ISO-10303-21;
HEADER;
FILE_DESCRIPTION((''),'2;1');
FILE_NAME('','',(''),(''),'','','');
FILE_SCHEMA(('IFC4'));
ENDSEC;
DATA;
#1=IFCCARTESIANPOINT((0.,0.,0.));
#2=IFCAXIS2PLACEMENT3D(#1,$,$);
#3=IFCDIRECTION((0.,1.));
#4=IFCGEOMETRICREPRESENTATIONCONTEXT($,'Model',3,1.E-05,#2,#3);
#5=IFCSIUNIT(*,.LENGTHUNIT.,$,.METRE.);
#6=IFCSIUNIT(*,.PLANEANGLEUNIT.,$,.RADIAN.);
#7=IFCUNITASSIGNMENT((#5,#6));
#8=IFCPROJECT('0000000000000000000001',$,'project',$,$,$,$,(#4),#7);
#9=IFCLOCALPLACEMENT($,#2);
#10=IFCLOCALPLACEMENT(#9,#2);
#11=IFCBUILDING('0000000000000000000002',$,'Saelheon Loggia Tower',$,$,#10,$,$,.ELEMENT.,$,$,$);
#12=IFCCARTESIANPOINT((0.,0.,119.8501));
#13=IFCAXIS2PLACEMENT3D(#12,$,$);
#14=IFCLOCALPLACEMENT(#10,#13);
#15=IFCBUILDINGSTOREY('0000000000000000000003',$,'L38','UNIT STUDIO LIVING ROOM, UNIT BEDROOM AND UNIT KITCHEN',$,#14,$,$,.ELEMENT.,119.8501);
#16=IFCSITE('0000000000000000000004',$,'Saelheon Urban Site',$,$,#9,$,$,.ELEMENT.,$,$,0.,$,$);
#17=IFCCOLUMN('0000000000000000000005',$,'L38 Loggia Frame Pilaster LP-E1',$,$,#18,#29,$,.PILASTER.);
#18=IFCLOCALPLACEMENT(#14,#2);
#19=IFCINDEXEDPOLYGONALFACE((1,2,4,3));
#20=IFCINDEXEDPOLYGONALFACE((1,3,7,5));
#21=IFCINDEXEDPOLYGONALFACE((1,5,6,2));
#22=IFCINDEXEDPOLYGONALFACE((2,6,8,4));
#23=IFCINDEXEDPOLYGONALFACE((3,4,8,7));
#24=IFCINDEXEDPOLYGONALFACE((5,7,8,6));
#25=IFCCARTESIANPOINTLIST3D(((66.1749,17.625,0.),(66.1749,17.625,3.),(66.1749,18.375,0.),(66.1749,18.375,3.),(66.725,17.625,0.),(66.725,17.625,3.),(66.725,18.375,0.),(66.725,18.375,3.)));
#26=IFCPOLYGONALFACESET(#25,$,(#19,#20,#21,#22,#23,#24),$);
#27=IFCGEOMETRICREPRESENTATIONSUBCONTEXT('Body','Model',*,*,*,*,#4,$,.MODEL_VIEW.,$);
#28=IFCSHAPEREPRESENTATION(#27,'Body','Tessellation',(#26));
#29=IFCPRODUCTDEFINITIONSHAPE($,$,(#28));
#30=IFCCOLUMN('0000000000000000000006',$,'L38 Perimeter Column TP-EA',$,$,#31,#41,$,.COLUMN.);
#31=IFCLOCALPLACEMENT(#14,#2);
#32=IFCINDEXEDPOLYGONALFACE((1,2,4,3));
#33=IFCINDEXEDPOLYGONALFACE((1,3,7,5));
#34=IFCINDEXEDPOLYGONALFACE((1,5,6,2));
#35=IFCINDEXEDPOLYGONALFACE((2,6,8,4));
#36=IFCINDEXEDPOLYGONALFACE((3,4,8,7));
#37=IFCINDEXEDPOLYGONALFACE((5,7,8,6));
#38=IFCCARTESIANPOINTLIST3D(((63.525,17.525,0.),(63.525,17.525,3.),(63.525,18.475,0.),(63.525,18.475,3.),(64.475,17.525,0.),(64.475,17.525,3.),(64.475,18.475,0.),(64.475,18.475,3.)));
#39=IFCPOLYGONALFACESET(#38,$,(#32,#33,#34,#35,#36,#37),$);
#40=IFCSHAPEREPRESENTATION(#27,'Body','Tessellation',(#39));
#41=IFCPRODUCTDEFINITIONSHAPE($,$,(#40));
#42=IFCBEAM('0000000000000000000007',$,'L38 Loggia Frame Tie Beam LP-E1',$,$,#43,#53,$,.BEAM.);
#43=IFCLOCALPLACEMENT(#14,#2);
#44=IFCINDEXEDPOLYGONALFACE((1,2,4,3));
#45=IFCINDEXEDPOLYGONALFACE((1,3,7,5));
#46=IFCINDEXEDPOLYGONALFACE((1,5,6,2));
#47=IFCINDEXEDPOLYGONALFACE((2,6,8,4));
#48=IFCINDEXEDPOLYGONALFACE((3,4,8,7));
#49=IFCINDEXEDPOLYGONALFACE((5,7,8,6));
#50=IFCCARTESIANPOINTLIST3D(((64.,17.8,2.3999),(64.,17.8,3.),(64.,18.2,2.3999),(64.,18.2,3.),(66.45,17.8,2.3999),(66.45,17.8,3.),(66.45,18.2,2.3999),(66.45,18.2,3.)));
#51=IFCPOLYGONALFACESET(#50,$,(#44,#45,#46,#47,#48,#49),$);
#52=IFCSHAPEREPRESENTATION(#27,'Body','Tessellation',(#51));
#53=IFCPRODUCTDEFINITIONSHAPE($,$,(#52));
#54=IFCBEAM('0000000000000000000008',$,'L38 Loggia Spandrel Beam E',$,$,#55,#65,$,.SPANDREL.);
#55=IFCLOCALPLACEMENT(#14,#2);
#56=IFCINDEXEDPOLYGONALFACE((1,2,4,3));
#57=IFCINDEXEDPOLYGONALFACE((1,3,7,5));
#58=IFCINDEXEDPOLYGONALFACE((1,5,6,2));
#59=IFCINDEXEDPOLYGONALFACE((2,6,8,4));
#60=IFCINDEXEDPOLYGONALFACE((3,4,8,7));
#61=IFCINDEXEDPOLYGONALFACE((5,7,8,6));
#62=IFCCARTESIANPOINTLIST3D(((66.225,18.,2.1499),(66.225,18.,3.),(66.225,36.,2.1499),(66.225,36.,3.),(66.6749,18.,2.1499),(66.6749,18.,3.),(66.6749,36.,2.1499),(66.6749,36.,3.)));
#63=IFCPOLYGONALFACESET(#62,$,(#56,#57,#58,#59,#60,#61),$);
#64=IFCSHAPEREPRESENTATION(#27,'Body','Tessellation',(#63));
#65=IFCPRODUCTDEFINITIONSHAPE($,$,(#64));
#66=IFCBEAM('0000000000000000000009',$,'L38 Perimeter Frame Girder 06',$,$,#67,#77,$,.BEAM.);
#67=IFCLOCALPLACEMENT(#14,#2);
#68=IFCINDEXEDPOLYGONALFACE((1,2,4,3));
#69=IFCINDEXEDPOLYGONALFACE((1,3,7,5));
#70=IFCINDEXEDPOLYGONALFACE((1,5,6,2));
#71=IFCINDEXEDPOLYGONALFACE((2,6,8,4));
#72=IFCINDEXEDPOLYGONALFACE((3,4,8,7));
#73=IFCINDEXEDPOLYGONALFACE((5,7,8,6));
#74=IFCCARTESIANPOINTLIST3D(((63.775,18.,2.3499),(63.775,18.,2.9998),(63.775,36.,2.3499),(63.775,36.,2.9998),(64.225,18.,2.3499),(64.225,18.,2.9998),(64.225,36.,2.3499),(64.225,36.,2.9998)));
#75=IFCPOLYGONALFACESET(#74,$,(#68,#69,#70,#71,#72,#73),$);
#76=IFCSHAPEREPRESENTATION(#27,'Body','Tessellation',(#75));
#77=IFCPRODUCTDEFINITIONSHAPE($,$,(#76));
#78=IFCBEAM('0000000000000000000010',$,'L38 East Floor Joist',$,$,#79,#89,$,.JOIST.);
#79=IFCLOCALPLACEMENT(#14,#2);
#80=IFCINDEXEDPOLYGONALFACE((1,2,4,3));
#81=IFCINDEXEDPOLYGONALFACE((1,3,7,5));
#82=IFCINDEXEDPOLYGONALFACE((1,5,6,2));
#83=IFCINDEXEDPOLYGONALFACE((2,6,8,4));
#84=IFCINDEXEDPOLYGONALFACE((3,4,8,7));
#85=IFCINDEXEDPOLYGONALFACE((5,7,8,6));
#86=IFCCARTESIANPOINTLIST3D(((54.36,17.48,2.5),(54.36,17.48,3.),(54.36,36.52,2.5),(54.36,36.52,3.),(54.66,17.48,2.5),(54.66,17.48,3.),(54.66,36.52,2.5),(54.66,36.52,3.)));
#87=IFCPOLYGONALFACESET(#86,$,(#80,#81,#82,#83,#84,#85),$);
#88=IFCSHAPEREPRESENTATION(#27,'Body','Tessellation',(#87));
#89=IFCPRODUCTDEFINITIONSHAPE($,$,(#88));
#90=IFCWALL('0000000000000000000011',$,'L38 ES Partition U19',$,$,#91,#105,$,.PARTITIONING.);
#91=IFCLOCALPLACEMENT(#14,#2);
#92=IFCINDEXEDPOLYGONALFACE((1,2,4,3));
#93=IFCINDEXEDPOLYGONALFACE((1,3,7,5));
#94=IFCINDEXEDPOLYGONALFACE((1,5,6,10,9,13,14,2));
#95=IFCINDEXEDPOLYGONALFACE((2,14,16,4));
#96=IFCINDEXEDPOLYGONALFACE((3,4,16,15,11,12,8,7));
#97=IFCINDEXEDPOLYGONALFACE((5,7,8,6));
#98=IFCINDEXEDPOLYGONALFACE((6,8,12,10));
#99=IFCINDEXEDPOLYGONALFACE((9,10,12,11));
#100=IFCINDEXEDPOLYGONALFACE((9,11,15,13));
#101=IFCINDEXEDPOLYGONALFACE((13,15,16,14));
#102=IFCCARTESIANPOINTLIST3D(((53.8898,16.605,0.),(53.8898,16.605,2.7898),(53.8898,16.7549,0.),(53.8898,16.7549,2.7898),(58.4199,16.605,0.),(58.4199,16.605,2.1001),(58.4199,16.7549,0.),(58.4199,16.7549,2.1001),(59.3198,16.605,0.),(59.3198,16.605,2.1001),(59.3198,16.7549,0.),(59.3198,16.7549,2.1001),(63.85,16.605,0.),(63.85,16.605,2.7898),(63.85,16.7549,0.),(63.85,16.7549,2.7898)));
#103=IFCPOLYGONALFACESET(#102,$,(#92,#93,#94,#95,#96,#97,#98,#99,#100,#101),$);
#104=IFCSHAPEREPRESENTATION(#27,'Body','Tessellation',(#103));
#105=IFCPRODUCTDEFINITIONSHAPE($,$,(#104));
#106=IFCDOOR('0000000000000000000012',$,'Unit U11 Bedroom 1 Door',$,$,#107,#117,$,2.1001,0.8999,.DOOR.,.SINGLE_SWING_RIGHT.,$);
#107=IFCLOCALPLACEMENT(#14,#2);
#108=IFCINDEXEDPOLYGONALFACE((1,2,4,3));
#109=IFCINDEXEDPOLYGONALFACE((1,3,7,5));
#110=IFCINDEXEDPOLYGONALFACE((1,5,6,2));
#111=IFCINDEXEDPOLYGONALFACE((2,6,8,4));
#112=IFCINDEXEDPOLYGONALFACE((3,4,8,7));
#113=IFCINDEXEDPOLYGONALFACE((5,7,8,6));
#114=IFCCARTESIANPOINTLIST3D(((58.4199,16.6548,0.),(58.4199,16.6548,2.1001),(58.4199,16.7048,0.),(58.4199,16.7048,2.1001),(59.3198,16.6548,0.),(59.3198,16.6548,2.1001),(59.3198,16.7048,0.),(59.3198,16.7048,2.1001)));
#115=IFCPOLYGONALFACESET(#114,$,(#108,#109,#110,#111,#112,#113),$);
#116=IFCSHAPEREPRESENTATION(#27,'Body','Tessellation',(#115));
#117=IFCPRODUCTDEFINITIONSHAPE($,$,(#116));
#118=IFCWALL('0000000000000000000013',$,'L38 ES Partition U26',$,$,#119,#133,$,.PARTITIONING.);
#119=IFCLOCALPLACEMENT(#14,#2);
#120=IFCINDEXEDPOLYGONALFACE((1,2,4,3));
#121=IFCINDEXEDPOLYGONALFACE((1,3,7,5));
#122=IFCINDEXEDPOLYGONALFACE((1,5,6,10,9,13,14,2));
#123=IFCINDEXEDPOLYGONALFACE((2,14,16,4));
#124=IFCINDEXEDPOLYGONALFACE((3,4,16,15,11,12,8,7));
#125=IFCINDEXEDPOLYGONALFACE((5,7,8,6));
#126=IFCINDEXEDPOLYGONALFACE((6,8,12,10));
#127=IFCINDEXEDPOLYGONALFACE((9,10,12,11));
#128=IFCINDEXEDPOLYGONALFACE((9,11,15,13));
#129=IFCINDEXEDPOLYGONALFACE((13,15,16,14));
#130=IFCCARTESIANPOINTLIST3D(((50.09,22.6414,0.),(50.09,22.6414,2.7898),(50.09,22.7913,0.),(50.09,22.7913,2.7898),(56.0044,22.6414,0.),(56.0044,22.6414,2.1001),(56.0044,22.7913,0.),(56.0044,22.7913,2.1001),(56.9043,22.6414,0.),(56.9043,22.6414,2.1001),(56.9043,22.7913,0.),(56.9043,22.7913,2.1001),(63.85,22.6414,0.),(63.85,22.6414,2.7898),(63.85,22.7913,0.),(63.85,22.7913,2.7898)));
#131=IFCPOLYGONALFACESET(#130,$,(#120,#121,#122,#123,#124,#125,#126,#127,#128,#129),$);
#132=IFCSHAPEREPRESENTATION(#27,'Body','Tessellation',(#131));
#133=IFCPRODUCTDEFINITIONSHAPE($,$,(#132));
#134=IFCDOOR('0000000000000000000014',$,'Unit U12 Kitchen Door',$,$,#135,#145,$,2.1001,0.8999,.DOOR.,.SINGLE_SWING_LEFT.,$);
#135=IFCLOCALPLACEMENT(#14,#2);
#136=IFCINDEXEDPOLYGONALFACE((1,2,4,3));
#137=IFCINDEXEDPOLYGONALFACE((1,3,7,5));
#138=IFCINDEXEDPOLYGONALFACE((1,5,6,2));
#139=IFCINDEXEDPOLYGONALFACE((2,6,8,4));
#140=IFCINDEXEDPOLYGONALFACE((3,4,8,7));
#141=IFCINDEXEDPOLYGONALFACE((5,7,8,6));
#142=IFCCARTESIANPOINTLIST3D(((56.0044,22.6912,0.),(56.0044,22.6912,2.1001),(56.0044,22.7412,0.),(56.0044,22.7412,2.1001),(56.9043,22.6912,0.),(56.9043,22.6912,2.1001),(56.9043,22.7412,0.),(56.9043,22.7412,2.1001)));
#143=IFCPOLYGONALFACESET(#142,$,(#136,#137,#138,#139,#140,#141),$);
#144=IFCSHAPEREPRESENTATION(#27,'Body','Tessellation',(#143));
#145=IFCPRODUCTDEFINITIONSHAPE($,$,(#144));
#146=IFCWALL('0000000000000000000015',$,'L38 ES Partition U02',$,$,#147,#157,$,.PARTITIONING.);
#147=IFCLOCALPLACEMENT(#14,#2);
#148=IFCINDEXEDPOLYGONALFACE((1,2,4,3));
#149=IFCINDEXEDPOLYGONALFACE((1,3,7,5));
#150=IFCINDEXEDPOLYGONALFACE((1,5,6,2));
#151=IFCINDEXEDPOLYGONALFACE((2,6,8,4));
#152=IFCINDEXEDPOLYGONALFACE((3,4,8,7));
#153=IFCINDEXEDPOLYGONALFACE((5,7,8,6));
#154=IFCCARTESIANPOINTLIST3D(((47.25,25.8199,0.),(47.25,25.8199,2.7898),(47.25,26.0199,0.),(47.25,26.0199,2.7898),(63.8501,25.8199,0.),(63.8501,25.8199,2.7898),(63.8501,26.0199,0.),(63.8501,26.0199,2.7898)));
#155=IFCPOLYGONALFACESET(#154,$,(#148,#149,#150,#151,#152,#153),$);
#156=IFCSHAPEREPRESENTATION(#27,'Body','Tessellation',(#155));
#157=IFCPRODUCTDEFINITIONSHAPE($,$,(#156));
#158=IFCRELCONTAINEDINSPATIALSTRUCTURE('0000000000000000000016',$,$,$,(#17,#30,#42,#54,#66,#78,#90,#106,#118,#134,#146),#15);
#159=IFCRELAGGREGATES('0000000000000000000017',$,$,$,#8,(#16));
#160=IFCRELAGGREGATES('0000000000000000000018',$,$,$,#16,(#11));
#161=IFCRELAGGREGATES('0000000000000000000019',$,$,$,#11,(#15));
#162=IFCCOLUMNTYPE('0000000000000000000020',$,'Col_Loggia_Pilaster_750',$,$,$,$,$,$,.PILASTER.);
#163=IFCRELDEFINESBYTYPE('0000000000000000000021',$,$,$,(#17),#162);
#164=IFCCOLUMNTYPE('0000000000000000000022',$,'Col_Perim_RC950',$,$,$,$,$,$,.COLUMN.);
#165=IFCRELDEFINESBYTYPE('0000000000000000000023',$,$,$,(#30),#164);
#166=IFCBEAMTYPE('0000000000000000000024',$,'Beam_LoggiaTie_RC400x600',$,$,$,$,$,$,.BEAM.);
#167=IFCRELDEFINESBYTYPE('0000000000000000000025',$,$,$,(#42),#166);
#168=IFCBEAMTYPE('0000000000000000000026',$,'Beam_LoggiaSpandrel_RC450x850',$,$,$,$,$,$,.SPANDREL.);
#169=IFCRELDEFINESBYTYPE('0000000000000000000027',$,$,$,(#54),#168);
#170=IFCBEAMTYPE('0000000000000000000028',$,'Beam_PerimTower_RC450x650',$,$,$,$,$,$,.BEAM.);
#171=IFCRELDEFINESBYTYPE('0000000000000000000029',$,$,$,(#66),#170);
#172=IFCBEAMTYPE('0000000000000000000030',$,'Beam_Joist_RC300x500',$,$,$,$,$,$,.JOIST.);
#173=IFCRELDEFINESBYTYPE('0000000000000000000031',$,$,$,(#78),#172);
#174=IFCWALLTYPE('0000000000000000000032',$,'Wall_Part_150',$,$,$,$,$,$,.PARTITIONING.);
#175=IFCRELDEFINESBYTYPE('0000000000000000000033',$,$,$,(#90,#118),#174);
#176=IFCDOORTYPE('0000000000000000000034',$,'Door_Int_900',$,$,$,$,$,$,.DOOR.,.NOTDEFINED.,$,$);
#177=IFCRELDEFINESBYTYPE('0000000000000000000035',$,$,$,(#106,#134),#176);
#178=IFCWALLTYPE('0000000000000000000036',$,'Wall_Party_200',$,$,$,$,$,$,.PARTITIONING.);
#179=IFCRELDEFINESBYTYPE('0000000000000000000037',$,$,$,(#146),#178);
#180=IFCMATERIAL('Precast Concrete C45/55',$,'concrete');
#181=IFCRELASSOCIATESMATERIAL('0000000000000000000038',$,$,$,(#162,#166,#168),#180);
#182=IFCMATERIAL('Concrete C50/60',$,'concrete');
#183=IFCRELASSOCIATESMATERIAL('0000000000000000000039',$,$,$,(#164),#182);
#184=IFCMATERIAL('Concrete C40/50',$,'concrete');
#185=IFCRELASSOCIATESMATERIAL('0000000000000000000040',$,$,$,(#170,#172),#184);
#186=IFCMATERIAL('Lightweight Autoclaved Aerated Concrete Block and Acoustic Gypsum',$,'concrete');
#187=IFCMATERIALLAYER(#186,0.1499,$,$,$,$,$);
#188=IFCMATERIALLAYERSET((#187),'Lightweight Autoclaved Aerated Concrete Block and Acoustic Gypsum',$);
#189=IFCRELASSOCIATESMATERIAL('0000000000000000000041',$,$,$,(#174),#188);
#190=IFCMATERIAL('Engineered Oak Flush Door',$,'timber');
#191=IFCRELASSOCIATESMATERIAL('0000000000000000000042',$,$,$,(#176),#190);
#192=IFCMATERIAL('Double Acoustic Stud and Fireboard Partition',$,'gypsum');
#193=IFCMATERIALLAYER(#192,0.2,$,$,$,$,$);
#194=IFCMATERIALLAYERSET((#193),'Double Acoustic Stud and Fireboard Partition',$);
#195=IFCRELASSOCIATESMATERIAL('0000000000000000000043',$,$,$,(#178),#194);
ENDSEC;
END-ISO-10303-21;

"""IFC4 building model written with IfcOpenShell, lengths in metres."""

from ifc_helpers import new_model, si_unit, direction, frame, frame_2d, origin, origin_2d, place, context, subcontext, project, spatial, rectangle, extrude, source, transform, mapped, material, layer, layer_set, material_profile, profile_set, type_object, element, fill, save


model = new_model("IFC4")

# Units and contexts
model_context = context("Model", 3, precision=1e-05, world=origin(), true_north=direction((0.0, 1.0)))
body_context = subcontext(model_context, "Body", "Model", "MODEL_VIEW")
ifc_project = project(units=[si_unit("LENGTHUNIT", "METRE"), si_unit("PLANEANGLEUNIT", "RADIAN")], contexts=[model_context])

# Site, building, storey
site_placement = place(None, origin())
site = spatial("IfcSite", under=ifc_project, at=site_placement, Name="Saelheon Urban Site", CompositionType="ELEMENT", RefElevation=0.0)
building_placement = place(site_placement, origin())
building = spatial("IfcBuilding", under=site, at=building_placement, Name="Saelheon Loggia Tower", CompositionType="ELEMENT")
storey_placement = place(building_placement, frame((0.0, 0.0, 119.8501)))
storey = spatial("IfcBuildingStorey", under=building, at=storey_placement, Name="L38", Description="UNIT STUDIO LIVING ROOM, UNIT BEDROOM AND UNIT KITCHEN", CompositionType="ELEMENT", Elevation=119.8501)

# Columns
ifc_material_1 = material(Name="Precast Concrete C45/55", Category="concrete")
ifc_material_profile_1 = material_profile(ifc_material_1, rectangle(XDim=0.55, YDim=0.75, at=origin_2d()), Name="RC-550x750")
ifc_profile_set_1 = profile_set([ifc_material_profile_1], Name="Precast Concrete C45/55")
column_type_1 = type_object("IfcColumnType", Name="Col_Loggia_Pilaster_750", PredefinedType="PILASTER", material=ifc_profile_set_1)
shared_shape_1 = source(origin(), body_context, "Body", "SweptSolid", [
    extrude(rectangle(XDim=0.55, YDim=0.75, at=origin_2d()), origin(), (0.0, 0.0, 1.0), 3.0),
])
column_1_placement = place(storey_placement, frame((66.45, 18.0, 0.0), z_axis=(0.0, 0.0, 1.0), x_axis=(1.0, 0.0, 0.0)))
element("IfcColumn", 1, at=column_1_placement, inside=storey, type_object=column_type_1, Name="L38 Loggia Frame Pilaster LP-E1", PredefinedType="PILASTER", context=body_context, shape_type="MappedRepresentation", body=[
    mapped(shared_shape_1, transform((0.0, 0.0, 0.0), scale=1.0)),
])
ifc_material_2 = material(Name="Concrete C50/60", Category="concrete")
ifc_material_profile_2 = material_profile(ifc_material_2, rectangle(XDim=0.95, YDim=0.95, at=origin_2d()), Name="RC-950x950")
ifc_profile_set_2 = profile_set([ifc_material_profile_2], Name="Concrete C50/60")
column_type_2 = type_object("IfcColumnType", Name="Col_Perim_RC950", PredefinedType="COLUMN", material=ifc_profile_set_2)
shared_shape_2 = source(origin(), body_context, "Body", "SweptSolid", [
    extrude(rectangle(XDim=0.95, YDim=0.95, at=origin_2d()), origin(), (0.0, 0.0, 1.0), 3.0),
])
column_2_placement = place(storey_placement, frame((64.0, 18.0, 0.0), z_axis=(0.0, 0.0, 1.0), x_axis=(1.0, 0.0, 0.0)))
element("IfcColumn", 2, at=column_2_placement, inside=storey, type_object=column_type_2, Name="L38 Perimeter Column TP-EA", PredefinedType="COLUMN", context=body_context, shape_type="MappedRepresentation", body=[
    mapped(shared_shape_2, transform((0.0, 0.0, 0.0), scale=1.0)),
])

# Beams
ifc_material_profile_3 = material_profile(ifc_material_1, rectangle(XDim=0.3999, YDim=0.6001, at=origin_2d()), Name="RC-400x600")
ifc_profile_set_3 = profile_set([ifc_material_profile_3], Name="Precast Concrete C45/55")
beam_type_1 = type_object("IfcBeamType", Name="Beam_LoggiaTie_RC400x600", PredefinedType="BEAM", material=ifc_profile_set_3)
shared_shape_3 = source(origin(), body_context, "Body", "SweptSolid", [
    extrude(rectangle(XDim=0.3999, YDim=0.6001, at=origin_2d()), origin(), (0.0, 0.0, 1.0), 2.45),
])
beam_1_placement = place(storey_placement, frame((64.0, 18.0, 2.7), z_axis=(1.0, 0.0, 0.0), x_axis=(0.0, 1.0, 0.0)))
element("IfcBeam", 3, at=beam_1_placement, inside=storey, type_object=beam_type_1, Name="L38 Loggia Frame Tie Beam LP-E1", PredefinedType="BEAM", context=body_context, shape_type="MappedRepresentation", body=[
    mapped(shared_shape_3, transform((0.0, 0.0, 0.0), scale=1.0)),
])
ifc_material_profile_4 = material_profile(ifc_material_1, rectangle(XDim=0.45, YDim=0.8501, at=origin_2d()), Name="RC-450x850")
ifc_profile_set_4 = profile_set([ifc_material_profile_4], Name="Precast Concrete C45/55")
beam_type_2 = type_object("IfcBeamType", Name="Beam_LoggiaSpandrel_RC450x850", PredefinedType="SPANDREL", material=ifc_profile_set_4)
shared_shape_4 = source(origin(), body_context, "Body", "SweptSolid", [
    extrude(rectangle(XDim=0.45, YDim=0.8501, at=origin_2d()), origin(), (0.0, 0.0, 1.0), 18.0),
])
beam_2_placement = place(storey_placement, frame((66.45, 18.0, 2.575), z_axis=(0.0, 1.0, 0.0), x_axis=(-1.0, 0.0, 0.0)))
element("IfcBeam", 4, at=beam_2_placement, inside=storey, type_object=beam_type_2, Name="L38 Loggia Spandrel Beam E", PredefinedType="SPANDREL", context=body_context, shape_type="MappedRepresentation", body=[
    mapped(shared_shape_4, transform((0.0, 0.0, 0.0), scale=1.0)),
])
ifc_material_3 = material(Name="Concrete C40/50", Category="concrete")
ifc_material_profile_5 = material_profile(ifc_material_3, rectangle(XDim=0.45, YDim=0.6499, at=origin_2d()), Name="RC-450x650")
ifc_profile_set_5 = profile_set([ifc_material_profile_5], Name="Concrete C40/50")
beam_type_3 = type_object("IfcBeamType", Name="Beam_PerimTower_RC450x650", PredefinedType="BEAM", material=ifc_profile_set_5)
shared_shape_5 = source(origin(), body_context, "Body", "SweptSolid", [
    extrude(rectangle(XDim=0.45, YDim=0.6499, at=origin_2d()), origin(), (0.0, 0.0, 1.0), 18.0),
])
beam_3_placement = place(storey_placement, frame((64.0, 18.0, 2.6748), z_axis=(0.0, 1.0, 0.0), x_axis=(-1.0, 0.0, 0.0)))
element("IfcBeam", 5, at=beam_3_placement, inside=storey, type_object=beam_type_3, Name="L38 Perimeter Frame Girder 06", PredefinedType="BEAM", context=body_context, shape_type="MappedRepresentation", body=[
    mapped(shared_shape_5, transform((0.0, 0.0, 0.0), scale=1.0)),
])
ifc_material_profile_6 = material_profile(ifc_material_3, rectangle(XDim=0.3, YDim=0.5, at=origin_2d()), Name="RC-300x500")
ifc_profile_set_6 = profile_set([ifc_material_profile_6], Name="Concrete C40/50")
beam_type_4 = type_object("IfcBeamType", Name="Beam_Joist_RC300x500", PredefinedType="JOIST", material=ifc_profile_set_6)
shared_shape_6 = source(origin(), body_context, "Body", "SweptSolid", [
    extrude(rectangle(XDim=0.3, YDim=0.5, at=origin_2d()), origin(), (0.0, 0.0, 1.0), 19.04),
])
beam_4_placement = place(storey_placement, frame((54.51, 17.48, 2.75), z_axis=(0.0, 1.0, 0.0), x_axis=(-1.0, 0.0, 0.0)))
element("IfcBeam", 6, at=beam_4_placement, inside=storey, type_object=beam_type_4, Name="L38 East Floor Joist", PredefinedType="JOIST", context=body_context, shape_type="MappedRepresentation", body=[
    mapped(shared_shape_6, transform((0.0, 0.0, 0.0), scale=1.0)),
])

# Walls, openings, doors
ifc_material_4 = material(Name="Lightweight Autoclaved Aerated Concrete Block and Acoustic Gypsum", Category="concrete")
ifc_layer_1 = layer(ifc_material_4, 0.1499)
ifc_layer_set_1 = layer_set([ifc_layer_1], Name="Lightweight Autoclaved Aerated Concrete Block and Acoustic Gypsum")
wall_type_1 = type_object("IfcWallType", Name="Wall_Part_150", PredefinedType="PARTITIONING", material=ifc_layer_set_1)
wall_1_placement = place(storey_placement, frame((53.8899, 16.6799, 0.0), z_axis=(0.0, 0.0, 1.0), x_axis=(1.0, 0.0, 0.0)))
wall_1 = element("IfcWall", 7, at=wall_1_placement, inside=storey, type_object=wall_type_1, Name="L38 ES Partition U19", PredefinedType="PARTITIONING", context=body_context, shape_type="SweptSolid", body=[
    extrude(rectangle(XDim=9.9602, YDim=0.1499, at=frame_2d((4.98, 0.0))), origin(), (0.0, 0.0, 1.0), 2.7898),
])
opening_1_placement = place(wall_1_placement, frame((4.53, 0.0, 0.0)))
opening_1 = element("IfcOpeningElement", 8, at=opening_1_placement, cuts=wall_1, PredefinedType="OPENING", context=body_context, shape_type="SweptSolid", body=[
    extrude(rectangle(XDim=0.8999, YDim=2.1001, at=frame_2d((0.45, 1.05))), frame((0.0, 0.0869, 0.0), z_axis=(0.0, -1.0, 0.0), x_axis=(1.0, 0.0, 0.0)), (0.0, 0.0, 1.0), 0.1738),
])
ifc_material_5 = material(Name="Engineered Oak Flush Door", Category="timber")
door_type_1 = type_object("IfcDoorType", Name="Door_Int_900", OperationType="NOTDEFINED", PredefinedType="DOOR", material=ifc_material_5)
shared_shape_7 = source(origin(), body_context, "Body", "SweptSolid", [
    extrude(rectangle(XDim=0.8999, YDim=2.1001, at=frame_2d((0.45, 1.05))), frame((0.0, 0.0249, 0.0), z_axis=(0.0, -1.0, 0.0), x_axis=(1.0, 0.0, 0.0)), (0.0, 0.0, 1.0), 0.05),
])
door_1_placement = place(opening_1_placement, origin())
door_1 = element("IfcDoor", 9, at=door_1_placement, inside=storey, type_object=door_type_1, Name="Unit U11 Bedroom 1 Door", OperationType="SINGLE_SWING_RIGHT", OverallHeight=2.1001, OverallWidth=0.8999, PredefinedType="DOOR", context=body_context, shape_type="MappedRepresentation", body=[
    mapped(shared_shape_7, transform((0.0, 0.0, 0.0), scale=1.0)),
])
fill(opening_1, door_1)
wall_2_placement = place(storey_placement, frame((50.0901, 22.7163, 0.0), z_axis=(0.0, 0.0, 1.0), x_axis=(1.0, 0.0, 0.0)))
wall_2 = element("IfcWall", 10, at=wall_2_placement, inside=storey, type_object=wall_type_1, Name="L38 ES Partition U26", PredefinedType="PARTITIONING", context=body_context, shape_type="SweptSolid", body=[
    extrude(rectangle(XDim=13.76, YDim=0.1499, at=frame_2d((6.8799, 0.0))), origin(), (0.0, 0.0, 1.0), 2.7898),
])
opening_2_placement = place(wall_2_placement, frame((5.9143, 0.0, 0.0)))
opening_2 = element("IfcOpeningElement", 11, at=opening_2_placement, cuts=wall_2, PredefinedType="OPENING", context=body_context, shape_type="SweptSolid", body=[
    extrude(rectangle(XDim=0.8999, YDim=2.1001, at=frame_2d((0.45, 1.05))), frame((0.0, 0.0869, 0.0), z_axis=(0.0, -1.0, 0.0), x_axis=(1.0, 0.0, 0.0)), (0.0, 0.0, 1.0), 0.1738),
])
door_2_placement = place(opening_2_placement, origin())
door_2 = element("IfcDoor", 12, at=door_2_placement, inside=storey, type_object=door_type_1, Name="Unit U12 Kitchen Door", OperationType="SINGLE_SWING_LEFT", OverallHeight=2.1001, OverallWidth=0.8999, PredefinedType="DOOR", context=body_context, shape_type="MappedRepresentation", body=[
    mapped(shared_shape_7, transform((0.0, 0.0, 0.0), scale=1.0)),
])
fill(opening_2, door_2)

# Wall
ifc_material_6 = material(Name="Double Acoustic Stud and Fireboard Partition", Category="gypsum")
ifc_layer_2 = layer(ifc_material_6, 0.2)
ifc_layer_set_2 = layer_set([ifc_layer_2], Name="Double Acoustic Stud and Fireboard Partition")
wall_type_2 = type_object("IfcWallType", Name="Wall_Party_200", PredefinedType="PARTITIONING", material=ifc_layer_set_2)
wall_3_placement = place(storey_placement, frame((47.25, 25.9199, 0.0), z_axis=(0.0, 0.0, 1.0), x_axis=(1.0, 0.0, 0.0)))
element("IfcWall", 13, at=wall_3_placement, inside=storey, type_object=wall_type_2, Name="L38 ES Partition U02", PredefinedType="PARTITIONING", context=body_context, shape_type="SweptSolid", body=[
    extrude(rectangle(XDim=16.6001, YDim=0.2, at=frame_2d((8.3, 0.0))), origin(), (0.0, 0.0, 1.0), 2.7898),
])

save(model, "model.ifc")
